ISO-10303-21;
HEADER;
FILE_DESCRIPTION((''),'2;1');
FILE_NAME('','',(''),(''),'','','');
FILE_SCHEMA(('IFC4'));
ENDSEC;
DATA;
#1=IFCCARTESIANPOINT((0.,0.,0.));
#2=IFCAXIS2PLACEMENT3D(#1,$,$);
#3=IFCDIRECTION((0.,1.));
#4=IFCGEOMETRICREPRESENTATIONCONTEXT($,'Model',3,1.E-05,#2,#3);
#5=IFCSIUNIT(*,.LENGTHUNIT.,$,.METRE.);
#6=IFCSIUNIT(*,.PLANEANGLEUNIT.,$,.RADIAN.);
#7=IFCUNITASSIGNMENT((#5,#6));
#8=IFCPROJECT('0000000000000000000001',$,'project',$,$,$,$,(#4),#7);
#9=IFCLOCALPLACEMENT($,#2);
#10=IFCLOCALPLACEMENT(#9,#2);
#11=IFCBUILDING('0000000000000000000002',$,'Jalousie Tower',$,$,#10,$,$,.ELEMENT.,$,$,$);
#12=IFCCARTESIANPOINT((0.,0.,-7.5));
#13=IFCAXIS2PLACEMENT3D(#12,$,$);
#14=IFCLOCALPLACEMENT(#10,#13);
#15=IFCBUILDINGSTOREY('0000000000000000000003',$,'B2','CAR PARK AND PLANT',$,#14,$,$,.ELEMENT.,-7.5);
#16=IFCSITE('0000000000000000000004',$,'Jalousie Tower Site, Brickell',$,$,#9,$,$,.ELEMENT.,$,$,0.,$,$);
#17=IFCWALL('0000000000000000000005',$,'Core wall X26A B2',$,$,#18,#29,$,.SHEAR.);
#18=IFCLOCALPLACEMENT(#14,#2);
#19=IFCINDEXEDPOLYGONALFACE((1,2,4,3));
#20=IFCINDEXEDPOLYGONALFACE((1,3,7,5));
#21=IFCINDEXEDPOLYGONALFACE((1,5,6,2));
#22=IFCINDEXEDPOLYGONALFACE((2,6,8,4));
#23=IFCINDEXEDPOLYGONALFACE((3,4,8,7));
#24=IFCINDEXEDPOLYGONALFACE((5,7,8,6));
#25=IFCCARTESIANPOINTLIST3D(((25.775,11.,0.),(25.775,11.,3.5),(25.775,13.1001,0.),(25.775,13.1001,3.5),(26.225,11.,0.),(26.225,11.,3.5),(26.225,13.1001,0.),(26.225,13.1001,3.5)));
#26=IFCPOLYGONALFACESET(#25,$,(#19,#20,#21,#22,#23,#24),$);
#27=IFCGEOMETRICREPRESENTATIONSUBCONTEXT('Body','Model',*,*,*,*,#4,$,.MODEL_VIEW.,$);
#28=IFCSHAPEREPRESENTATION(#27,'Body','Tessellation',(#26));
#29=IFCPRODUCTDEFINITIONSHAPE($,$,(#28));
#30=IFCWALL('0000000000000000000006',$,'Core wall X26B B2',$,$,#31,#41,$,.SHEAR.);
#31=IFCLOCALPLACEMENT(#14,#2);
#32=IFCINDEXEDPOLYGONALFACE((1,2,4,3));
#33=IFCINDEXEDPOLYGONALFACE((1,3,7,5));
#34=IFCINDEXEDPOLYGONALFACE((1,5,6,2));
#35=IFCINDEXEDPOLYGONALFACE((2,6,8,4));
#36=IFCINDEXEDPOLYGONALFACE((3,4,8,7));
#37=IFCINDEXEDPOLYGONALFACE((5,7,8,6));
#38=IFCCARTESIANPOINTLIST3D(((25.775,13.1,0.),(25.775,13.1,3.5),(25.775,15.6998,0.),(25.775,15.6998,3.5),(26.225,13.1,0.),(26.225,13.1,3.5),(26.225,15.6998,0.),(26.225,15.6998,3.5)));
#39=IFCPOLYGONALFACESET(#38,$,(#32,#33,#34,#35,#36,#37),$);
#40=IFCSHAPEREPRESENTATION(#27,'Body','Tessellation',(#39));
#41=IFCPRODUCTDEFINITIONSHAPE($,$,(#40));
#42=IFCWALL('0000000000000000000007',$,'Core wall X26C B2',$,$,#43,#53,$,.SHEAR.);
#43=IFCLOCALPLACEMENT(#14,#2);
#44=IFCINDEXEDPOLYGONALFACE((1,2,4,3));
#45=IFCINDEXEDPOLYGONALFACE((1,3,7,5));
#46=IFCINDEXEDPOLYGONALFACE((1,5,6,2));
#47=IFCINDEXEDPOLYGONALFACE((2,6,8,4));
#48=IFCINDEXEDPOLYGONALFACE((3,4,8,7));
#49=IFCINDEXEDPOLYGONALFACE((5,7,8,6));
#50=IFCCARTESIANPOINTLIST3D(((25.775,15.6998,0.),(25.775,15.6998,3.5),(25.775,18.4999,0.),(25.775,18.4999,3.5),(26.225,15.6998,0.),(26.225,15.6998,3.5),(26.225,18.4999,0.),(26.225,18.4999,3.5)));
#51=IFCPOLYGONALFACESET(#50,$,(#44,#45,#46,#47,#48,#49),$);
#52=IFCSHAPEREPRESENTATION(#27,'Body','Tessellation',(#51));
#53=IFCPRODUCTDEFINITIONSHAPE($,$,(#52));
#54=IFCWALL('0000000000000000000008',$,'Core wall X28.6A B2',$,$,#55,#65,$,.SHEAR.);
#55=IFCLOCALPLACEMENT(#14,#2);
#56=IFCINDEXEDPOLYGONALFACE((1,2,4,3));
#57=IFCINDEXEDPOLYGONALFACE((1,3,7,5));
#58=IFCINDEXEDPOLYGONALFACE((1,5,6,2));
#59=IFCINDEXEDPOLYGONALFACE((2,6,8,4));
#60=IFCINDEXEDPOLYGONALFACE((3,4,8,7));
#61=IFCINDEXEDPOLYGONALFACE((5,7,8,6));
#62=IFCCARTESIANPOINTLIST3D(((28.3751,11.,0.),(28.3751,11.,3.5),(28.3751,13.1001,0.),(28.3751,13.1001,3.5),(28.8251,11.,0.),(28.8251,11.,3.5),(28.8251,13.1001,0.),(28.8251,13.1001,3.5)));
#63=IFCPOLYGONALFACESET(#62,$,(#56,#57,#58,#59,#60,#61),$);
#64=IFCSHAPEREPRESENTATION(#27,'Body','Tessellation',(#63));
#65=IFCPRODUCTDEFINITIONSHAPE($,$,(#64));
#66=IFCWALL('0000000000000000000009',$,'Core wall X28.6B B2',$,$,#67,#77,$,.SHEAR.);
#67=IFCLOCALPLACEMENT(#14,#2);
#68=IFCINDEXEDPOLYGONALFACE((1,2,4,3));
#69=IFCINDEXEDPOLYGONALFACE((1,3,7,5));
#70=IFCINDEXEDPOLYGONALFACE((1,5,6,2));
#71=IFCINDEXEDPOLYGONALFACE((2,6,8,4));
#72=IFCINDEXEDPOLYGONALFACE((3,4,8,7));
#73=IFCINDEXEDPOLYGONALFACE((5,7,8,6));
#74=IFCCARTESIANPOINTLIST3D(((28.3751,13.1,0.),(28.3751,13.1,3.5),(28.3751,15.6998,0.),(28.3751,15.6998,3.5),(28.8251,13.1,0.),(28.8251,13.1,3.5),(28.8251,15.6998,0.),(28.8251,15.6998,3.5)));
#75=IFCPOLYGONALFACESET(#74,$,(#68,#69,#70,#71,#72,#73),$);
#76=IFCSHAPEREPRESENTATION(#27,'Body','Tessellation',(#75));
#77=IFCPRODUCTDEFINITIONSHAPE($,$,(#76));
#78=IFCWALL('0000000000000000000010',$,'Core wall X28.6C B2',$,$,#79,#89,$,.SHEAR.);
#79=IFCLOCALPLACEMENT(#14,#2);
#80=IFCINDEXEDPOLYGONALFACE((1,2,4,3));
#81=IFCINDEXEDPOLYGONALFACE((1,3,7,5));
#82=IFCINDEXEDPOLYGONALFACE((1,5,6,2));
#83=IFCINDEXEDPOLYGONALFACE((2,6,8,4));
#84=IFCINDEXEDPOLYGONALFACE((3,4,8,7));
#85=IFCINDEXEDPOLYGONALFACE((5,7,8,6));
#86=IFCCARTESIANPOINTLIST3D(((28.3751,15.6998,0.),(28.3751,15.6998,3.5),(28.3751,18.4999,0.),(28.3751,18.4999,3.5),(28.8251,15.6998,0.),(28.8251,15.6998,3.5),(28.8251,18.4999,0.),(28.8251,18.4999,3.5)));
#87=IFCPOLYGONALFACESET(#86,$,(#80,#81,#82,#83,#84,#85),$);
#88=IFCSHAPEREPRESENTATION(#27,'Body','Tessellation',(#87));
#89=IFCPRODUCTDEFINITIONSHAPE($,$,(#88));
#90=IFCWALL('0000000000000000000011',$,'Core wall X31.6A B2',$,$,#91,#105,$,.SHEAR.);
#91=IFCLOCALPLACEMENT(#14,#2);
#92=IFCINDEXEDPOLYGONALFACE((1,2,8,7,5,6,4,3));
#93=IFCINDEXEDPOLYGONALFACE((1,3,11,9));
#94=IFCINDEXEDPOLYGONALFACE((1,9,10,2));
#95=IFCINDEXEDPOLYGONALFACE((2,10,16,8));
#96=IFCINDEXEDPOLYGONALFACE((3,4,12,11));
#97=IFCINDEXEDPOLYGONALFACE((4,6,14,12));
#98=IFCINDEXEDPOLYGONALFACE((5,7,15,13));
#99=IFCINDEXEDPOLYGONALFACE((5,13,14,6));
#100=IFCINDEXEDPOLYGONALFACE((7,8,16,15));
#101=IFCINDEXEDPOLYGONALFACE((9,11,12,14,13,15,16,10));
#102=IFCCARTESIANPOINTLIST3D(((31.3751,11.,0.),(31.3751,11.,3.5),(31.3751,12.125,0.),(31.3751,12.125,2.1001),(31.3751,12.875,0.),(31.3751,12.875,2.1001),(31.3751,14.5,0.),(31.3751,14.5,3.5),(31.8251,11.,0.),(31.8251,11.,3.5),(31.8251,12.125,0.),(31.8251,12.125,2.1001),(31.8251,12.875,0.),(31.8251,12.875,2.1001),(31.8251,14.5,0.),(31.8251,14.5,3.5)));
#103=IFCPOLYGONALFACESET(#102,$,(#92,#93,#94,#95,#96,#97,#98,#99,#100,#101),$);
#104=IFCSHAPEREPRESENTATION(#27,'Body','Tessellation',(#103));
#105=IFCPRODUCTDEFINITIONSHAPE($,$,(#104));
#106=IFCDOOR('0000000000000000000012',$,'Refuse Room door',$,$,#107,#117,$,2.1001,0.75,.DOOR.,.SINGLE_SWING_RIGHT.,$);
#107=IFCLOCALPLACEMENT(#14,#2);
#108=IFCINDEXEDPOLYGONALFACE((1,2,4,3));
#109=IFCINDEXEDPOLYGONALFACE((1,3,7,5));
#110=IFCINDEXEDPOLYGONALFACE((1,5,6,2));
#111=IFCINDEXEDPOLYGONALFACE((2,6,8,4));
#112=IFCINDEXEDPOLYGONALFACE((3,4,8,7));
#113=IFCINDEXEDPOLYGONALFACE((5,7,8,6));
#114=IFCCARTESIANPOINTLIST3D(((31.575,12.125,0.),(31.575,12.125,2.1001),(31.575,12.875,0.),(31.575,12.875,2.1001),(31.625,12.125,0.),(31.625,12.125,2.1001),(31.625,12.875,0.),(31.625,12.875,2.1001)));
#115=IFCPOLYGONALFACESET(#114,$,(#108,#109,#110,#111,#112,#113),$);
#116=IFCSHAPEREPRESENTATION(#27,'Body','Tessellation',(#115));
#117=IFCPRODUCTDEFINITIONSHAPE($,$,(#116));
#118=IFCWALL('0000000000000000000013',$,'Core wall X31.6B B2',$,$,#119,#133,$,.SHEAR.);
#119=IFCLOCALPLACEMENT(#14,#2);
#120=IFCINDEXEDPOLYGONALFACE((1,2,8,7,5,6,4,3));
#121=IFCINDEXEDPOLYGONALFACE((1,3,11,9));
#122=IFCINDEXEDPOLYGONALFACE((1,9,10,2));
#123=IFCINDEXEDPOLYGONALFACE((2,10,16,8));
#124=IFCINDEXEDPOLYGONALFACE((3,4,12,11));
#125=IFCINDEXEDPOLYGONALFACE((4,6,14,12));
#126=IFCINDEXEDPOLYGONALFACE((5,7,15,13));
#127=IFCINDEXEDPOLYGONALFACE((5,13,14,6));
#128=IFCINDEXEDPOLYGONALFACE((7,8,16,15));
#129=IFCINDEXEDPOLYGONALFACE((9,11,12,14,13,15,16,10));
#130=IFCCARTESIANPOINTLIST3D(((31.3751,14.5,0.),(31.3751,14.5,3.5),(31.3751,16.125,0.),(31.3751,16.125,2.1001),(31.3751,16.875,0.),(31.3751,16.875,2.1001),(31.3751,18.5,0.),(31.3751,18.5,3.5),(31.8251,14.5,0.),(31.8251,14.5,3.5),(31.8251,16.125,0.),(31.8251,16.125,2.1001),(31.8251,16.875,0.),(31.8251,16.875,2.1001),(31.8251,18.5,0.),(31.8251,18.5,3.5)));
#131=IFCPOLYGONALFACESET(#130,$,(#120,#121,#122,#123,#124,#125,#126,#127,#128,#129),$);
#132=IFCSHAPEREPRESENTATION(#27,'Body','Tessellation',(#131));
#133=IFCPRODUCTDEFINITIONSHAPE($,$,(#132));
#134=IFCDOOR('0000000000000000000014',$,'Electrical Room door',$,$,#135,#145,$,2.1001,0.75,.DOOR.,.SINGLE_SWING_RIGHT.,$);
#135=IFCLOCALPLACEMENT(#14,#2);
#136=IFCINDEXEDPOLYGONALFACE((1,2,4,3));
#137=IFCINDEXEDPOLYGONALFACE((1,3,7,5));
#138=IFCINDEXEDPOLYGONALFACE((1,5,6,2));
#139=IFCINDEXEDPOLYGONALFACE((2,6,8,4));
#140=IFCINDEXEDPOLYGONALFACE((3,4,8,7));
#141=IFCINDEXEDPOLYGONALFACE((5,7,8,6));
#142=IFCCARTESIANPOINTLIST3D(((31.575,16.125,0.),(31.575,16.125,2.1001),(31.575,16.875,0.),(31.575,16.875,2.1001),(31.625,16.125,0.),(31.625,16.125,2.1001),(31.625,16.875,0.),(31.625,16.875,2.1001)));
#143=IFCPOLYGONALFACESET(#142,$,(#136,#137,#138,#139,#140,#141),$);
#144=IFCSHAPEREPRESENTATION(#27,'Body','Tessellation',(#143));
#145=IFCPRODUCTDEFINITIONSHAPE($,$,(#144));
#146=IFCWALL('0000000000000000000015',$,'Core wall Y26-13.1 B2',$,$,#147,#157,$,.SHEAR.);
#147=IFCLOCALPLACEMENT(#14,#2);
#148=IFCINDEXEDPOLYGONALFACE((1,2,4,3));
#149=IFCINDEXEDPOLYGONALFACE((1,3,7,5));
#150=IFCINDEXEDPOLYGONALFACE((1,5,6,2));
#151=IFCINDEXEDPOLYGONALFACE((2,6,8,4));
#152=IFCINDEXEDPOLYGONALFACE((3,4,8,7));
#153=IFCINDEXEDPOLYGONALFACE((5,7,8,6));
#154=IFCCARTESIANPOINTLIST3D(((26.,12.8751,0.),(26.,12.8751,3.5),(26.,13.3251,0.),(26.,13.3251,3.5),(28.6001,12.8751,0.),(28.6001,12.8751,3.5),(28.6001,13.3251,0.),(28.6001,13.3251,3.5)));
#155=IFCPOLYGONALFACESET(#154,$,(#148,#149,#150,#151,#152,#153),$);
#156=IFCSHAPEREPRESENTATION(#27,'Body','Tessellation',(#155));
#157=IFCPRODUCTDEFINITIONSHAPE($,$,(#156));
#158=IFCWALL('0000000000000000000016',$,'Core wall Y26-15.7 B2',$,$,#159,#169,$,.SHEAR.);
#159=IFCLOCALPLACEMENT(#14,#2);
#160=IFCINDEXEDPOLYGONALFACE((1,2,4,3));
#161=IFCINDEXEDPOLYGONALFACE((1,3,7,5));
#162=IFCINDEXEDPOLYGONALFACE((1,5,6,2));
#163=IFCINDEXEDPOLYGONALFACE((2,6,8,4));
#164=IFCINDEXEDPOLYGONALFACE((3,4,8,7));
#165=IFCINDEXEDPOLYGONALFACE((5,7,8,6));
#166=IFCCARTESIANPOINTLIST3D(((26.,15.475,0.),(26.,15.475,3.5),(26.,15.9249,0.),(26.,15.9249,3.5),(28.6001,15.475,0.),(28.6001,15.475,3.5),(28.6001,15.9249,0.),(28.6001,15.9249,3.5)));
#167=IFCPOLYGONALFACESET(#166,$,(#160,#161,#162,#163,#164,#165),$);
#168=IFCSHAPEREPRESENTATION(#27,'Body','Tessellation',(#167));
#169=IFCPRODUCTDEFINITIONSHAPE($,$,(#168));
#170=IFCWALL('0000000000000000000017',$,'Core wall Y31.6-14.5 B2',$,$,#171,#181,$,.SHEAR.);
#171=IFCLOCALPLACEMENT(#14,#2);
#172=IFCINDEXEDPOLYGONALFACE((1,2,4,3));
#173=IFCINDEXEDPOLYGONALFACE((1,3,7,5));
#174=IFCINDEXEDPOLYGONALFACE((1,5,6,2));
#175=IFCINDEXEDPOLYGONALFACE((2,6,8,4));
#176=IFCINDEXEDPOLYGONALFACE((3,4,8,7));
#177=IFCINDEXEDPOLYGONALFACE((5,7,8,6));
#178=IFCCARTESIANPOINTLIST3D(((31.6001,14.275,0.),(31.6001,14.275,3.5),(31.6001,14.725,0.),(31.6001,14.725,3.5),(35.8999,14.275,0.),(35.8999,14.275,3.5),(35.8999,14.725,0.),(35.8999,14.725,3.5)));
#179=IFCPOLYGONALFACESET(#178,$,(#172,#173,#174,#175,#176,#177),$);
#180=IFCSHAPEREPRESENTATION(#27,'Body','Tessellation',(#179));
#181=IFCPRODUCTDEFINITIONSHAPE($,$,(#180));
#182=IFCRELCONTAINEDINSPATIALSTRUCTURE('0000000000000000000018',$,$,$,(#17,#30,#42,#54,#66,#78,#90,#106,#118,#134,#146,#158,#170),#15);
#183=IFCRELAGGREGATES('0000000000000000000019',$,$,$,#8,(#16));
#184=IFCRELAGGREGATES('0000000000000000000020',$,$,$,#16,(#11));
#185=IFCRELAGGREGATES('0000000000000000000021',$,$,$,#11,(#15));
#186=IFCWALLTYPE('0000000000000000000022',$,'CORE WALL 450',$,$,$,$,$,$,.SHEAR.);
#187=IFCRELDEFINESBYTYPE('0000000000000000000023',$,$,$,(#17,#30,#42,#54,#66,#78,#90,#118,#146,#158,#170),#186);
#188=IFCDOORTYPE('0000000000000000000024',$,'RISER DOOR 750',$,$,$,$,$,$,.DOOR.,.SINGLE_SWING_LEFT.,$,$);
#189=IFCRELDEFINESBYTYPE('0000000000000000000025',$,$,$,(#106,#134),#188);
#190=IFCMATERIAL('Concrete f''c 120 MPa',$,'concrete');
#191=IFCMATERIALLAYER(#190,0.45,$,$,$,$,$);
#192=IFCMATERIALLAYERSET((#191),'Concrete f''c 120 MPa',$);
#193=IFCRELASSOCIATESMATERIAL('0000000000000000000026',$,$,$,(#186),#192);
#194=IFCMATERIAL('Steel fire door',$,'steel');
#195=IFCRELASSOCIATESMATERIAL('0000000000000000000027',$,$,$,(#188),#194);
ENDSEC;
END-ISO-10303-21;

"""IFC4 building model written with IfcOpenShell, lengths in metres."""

from ifc_helpers import new_model, si_unit, direction, frame, frame_2d, origin, place, context, subcontext, project, spatial, rectangle, extrude, material, layer, layer_set, type_object, element, fill, save


model = new_model("IFC4")

# Units and contexts
model_context = context("Model", 3, precision=1e-05, world=origin(), true_north=direction((0.0, 1.0)))
body_context = subcontext(model_context, "Body", "Model", "MODEL_VIEW")
ifc_project = project(units=[si_unit("LENGTHUNIT", "METRE"), si_unit("PLANEANGLEUNIT", "RADIAN")], contexts=[model_context])

# Site, building, storey
site_placement = place(None, origin())
site = spatial("IfcSite", under=ifc_project, at=site_placement, Name="Jalousie Tower Site, Brickell", CompositionType="ELEMENT", RefElevation=0.0)
building_placement = place(site_placement, origin())
building = spatial("IfcBuilding", under=site, at=building_placement, Name="Jalousie Tower", CompositionType="ELEMENT")
storey_placement = place(building_placement, frame((0.0, 0.0, -7.5)))
storey = spatial("IfcBuildingStorey", under=building, at=storey_placement, Name="B2", Description="CAR PARK AND PLANT", CompositionType="ELEMENT", Elevation=-7.5)

# Walls
ifc_material_1 = material(Name="Concrete f'c 120 MPa", Category="concrete")
ifc_layer_1 = layer(ifc_material_1, 0.45)
ifc_layer_set_1 = layer_set([ifc_layer_1], Name="Concrete f'c 120 MPa")
wall_type_1 = type_object("IfcWallType", Name="CORE WALL 450", PredefinedType="SHEAR", material=ifc_layer_set_1)
wall_1_placement = place(storey_placement, frame((26.0, 11.0, 0.0), z_axis=(0.0, 0.0, 1.0), x_axis=(0.0, 1.0, 0.0)))
element("IfcWall", 1, at=wall_1_placement, inside=storey, type_object=wall_type_1, Name="Core wall X26A B2", PredefinedType="SHEAR", context=body_context, shape_type="SweptSolid", body=[
    extrude(rectangle(XDim=2.1001, YDim=0.45, at=frame_2d((1.05, 0.0))), origin(), (0.0, 0.0, 1.0), 3.5),
])
wall_2_placement = place(storey_placement, frame((26.0, 13.1001, 0.0), z_axis=(0.0, 0.0, 1.0), x_axis=(0.0, 1.0, 0.0)))
element("IfcWall", 2, at=wall_2_placement, inside=storey, type_object=wall_type_1, Name="Core wall X26B B2", PredefinedType="SHEAR", context=body_context, shape_type="SweptSolid", body=[
    extrude(rectangle(XDim=2.5999, YDim=0.45, at=frame_2d((1.2998, 0.0))), origin(), (0.0, 0.0, 1.0), 3.5),
])
wall_3_placement = place(storey_placement, frame((26.0, 15.7, 0.0), z_axis=(0.0, 0.0, 1.0), x_axis=(0.0, 1.0, 0.0)))
element("IfcWall", 3, at=wall_3_placement, inside=storey, type_object=wall_type_1, Name="Core wall X26C B2", PredefinedType="SHEAR", context=body_context, shape_type="SweptSolid", body=[
    extrude(rectangle(XDim=2.8, YDim=0.45, at=frame_2d((1.3999, 0.0))), origin(), (0.0, 0.0, 1.0), 3.5),
])
wall_4_placement = place(storey_placement, frame((28.6001, 11.0, 0.0), z_axis=(0.0, 0.0, 1.0), x_axis=(0.0, 1.0, 0.0)))
element("IfcWall", 4, at=wall_4_placement, inside=storey, type_object=wall_type_1, Name="Core wall X28.6A B2", PredefinedType="SHEAR", context=body_context, shape_type="SweptSolid", body=[
    extrude(rectangle(XDim=2.1001, YDim=0.45, at=frame_2d((1.05, 0.0))), origin(), (0.0, 0.0, 1.0), 3.5),
])
wall_5_placement = place(storey_placement, frame((28.6001, 13.1001, 0.0), z_axis=(0.0, 0.0, 1.0), x_axis=(0.0, 1.0, 0.0)))
element("IfcWall", 5, at=wall_5_placement, inside=storey, type_object=wall_type_1, Name="Core wall X28.6B B2", PredefinedType="SHEAR", context=body_context, shape_type="SweptSolid", body=[
    extrude(rectangle(XDim=2.5999, YDim=0.45, at=frame_2d((1.2998, 0.0))), origin(), (0.0, 0.0, 1.0), 3.5),
])
wall_6_placement = place(storey_placement, frame((28.6001, 15.7, 0.0), z_axis=(0.0, 0.0, 1.0), x_axis=(0.0, 1.0, 0.0)))
element("IfcWall", 6, at=wall_6_placement, inside=storey, type_object=wall_type_1, Name="Core wall X28.6C B2", PredefinedType="SHEAR", context=body_context, shape_type="SweptSolid", body=[
    extrude(rectangle(XDim=2.8, YDim=0.45, at=frame_2d((1.3999, 0.0))), origin(), (0.0, 0.0, 1.0), 3.5),
])

# Walls, openings, doors
wall_7_placement = place(storey_placement, frame((31.6001, 11.0, 0.0), z_axis=(0.0, 0.0, 1.0), x_axis=(0.0, 1.0, 0.0)))
wall_7 = element("IfcWall", 7, at=wall_7_placement, inside=storey, type_object=wall_type_1, Name="Core wall X31.6A B2", PredefinedType="SHEAR", context=body_context, shape_type="SweptSolid", body=[
    extrude(rectangle(XDim=3.5, YDim=0.45, at=frame_2d((1.75, 0.0))), origin(), (0.0, 0.0, 1.0), 3.5),
])
opening_1_placement = place(wall_7_placement, frame((1.125, 0.0, 0.0)))
opening_1 = element("IfcOpeningElement", 8, at=opening_1_placement, cuts=wall_7, PredefinedType="OPENING", context=body_context, shape_type="SweptSolid", body=[
    extrude(rectangle(XDim=0.75, YDim=2.1001, at=frame_2d((0.375, 1.05))), frame((0.0, 0.2349, 0.0), z_axis=(0.0, -1.0, 0.0), x_axis=(1.0, 0.0, 0.0)), (0.0, 0.0, 1.0), 0.47),
])
ifc_material_2 = material(Name="Steel fire door", Category="steel")
door_type_1 = type_object("IfcDoorType", Name="RISER DOOR 750", OperationType="SINGLE_SWING_LEFT", PredefinedType="DOOR", material=ifc_material_2)
door_1_placement = place(opening_1_placement, frame((0.75, 0.0, 0.0), z_axis=(0.0, 0.0, 1.0), x_axis=(-1.0, 0.0, 0.0)))
door_1 = element("IfcDoor", 9, at=door_1_placement, inside=storey, type_object=door_type_1, Name="Refuse Room door", OperationType="SINGLE_SWING_RIGHT", OverallHeight=2.1001, OverallWidth=0.75, PredefinedType="DOOR", context=body_context, shape_type="SweptSolid", body=[
    extrude(rectangle(XDim=0.75, YDim=2.1001, at=frame_2d((0.375, 1.05))), frame((0.0, 0.0249, 0.0), z_axis=(0.0, -1.0, 0.0), x_axis=(1.0, 0.0, 0.0)), (0.0, 0.0, 1.0), 0.05),
])
fill(opening_1, door_1)
wall_8_placement = place(storey_placement, frame((31.6001, 14.5, 0.0), z_axis=(0.0, 0.0, 1.0), x_axis=(0.0, 1.0, 0.0)))
wall_8 = element("IfcWall", 10, at=wall_8_placement, inside=storey, type_object=wall_type_1, Name="Core wall X31.6B B2", PredefinedType="SHEAR", context=body_context, shape_type="SweptSolid", body=[
    extrude(rectangle(XDim=4.0, YDim=0.45, at=frame_2d((2.0, 0.0))), origin(), (0.0, 0.0, 1.0), 3.5),
])
opening_2_placement = place(wall_8_placement, frame((1.625, 0.0, 0.0)))
opening_2 = element("IfcOpeningElement", 11, at=opening_2_placement, cuts=wall_8, PredefinedType="OPENING", context=body_context, shape_type="SweptSolid", body=[
    extrude(rectangle(XDim=0.75, YDim=2.1001, at=frame_2d((0.375, 1.05))), frame((0.0, 0.2349, 0.0), z_axis=(0.0, -1.0, 0.0), x_axis=(1.0, 0.0, 0.0)), (0.0, 0.0, 1.0), 0.47),
])
door_2_placement = place(opening_2_placement, frame((0.75, 0.0, 0.0), z_axis=(0.0, 0.0, 1.0), x_axis=(-1.0, 0.0, 0.0)))
door_2 = element("IfcDoor", 12, at=door_2_placement, inside=storey, type_object=door_type_1, Name="Electrical Room door", OperationType="SINGLE_SWING_RIGHT", OverallHeight=2.1001, OverallWidth=0.75, PredefinedType="DOOR", context=body_context, shape_type="SweptSolid", body=[
    extrude(rectangle(XDim=0.75, YDim=2.1001, at=frame_2d((0.375, 1.05))), frame((0.0, 0.0249, 0.0), z_axis=(0.0, -1.0, 0.0), x_axis=(1.0, 0.0, 0.0)), (0.0, 0.0, 1.0), 0.05),
])
fill(opening_2, door_2)

# Walls
for number, where, z_axis, x_axis, name in (
    (13, (26.0, 13.1001, 0.0), (0.0, 0.0, 1.0), (1.0, 0.0, 0.0), "Core wall Y26-13.1 B2"),
    (14, (26.0, 15.7, 0.0), (0.0, 0.0, 1.0), (1.0, 0.0, 0.0), "Core wall Y26-15.7 B2"),
):
    element("IfcWall", number, at=place(storey_placement, frame(where, z_axis=z_axis, x_axis=x_axis)), inside=storey, type_object=wall_type_1, Name=name, PredefinedType="SHEAR", context=body_context, shape_type="SweptSolid", body=[
        extrude(rectangle(XDim=2.6001, YDim=0.45, at=frame_2d((1.3, 0.0))), origin(), (0.0, 0.0, 1.0), 3.5),
    ])
wall_9_placement = place(storey_placement, frame((31.6001, 14.5, 0.0), z_axis=(0.0, 0.0, 1.0), x_axis=(1.0, 0.0, 0.0)))
element("IfcWall", 15, at=wall_9_placement, inside=storey, type_object=wall_type_1, Name="Core wall Y31.6-14.5 B2", PredefinedType="SHEAR", context=body_context, shape_type="SweptSolid", body=[
    extrude(rectangle(XDim=4.2998, YDim=0.45, at=frame_2d((2.1499, 0.0))), origin(), (0.0, 0.0, 1.0), 3.5),
])

save(model, "model.ifc")
